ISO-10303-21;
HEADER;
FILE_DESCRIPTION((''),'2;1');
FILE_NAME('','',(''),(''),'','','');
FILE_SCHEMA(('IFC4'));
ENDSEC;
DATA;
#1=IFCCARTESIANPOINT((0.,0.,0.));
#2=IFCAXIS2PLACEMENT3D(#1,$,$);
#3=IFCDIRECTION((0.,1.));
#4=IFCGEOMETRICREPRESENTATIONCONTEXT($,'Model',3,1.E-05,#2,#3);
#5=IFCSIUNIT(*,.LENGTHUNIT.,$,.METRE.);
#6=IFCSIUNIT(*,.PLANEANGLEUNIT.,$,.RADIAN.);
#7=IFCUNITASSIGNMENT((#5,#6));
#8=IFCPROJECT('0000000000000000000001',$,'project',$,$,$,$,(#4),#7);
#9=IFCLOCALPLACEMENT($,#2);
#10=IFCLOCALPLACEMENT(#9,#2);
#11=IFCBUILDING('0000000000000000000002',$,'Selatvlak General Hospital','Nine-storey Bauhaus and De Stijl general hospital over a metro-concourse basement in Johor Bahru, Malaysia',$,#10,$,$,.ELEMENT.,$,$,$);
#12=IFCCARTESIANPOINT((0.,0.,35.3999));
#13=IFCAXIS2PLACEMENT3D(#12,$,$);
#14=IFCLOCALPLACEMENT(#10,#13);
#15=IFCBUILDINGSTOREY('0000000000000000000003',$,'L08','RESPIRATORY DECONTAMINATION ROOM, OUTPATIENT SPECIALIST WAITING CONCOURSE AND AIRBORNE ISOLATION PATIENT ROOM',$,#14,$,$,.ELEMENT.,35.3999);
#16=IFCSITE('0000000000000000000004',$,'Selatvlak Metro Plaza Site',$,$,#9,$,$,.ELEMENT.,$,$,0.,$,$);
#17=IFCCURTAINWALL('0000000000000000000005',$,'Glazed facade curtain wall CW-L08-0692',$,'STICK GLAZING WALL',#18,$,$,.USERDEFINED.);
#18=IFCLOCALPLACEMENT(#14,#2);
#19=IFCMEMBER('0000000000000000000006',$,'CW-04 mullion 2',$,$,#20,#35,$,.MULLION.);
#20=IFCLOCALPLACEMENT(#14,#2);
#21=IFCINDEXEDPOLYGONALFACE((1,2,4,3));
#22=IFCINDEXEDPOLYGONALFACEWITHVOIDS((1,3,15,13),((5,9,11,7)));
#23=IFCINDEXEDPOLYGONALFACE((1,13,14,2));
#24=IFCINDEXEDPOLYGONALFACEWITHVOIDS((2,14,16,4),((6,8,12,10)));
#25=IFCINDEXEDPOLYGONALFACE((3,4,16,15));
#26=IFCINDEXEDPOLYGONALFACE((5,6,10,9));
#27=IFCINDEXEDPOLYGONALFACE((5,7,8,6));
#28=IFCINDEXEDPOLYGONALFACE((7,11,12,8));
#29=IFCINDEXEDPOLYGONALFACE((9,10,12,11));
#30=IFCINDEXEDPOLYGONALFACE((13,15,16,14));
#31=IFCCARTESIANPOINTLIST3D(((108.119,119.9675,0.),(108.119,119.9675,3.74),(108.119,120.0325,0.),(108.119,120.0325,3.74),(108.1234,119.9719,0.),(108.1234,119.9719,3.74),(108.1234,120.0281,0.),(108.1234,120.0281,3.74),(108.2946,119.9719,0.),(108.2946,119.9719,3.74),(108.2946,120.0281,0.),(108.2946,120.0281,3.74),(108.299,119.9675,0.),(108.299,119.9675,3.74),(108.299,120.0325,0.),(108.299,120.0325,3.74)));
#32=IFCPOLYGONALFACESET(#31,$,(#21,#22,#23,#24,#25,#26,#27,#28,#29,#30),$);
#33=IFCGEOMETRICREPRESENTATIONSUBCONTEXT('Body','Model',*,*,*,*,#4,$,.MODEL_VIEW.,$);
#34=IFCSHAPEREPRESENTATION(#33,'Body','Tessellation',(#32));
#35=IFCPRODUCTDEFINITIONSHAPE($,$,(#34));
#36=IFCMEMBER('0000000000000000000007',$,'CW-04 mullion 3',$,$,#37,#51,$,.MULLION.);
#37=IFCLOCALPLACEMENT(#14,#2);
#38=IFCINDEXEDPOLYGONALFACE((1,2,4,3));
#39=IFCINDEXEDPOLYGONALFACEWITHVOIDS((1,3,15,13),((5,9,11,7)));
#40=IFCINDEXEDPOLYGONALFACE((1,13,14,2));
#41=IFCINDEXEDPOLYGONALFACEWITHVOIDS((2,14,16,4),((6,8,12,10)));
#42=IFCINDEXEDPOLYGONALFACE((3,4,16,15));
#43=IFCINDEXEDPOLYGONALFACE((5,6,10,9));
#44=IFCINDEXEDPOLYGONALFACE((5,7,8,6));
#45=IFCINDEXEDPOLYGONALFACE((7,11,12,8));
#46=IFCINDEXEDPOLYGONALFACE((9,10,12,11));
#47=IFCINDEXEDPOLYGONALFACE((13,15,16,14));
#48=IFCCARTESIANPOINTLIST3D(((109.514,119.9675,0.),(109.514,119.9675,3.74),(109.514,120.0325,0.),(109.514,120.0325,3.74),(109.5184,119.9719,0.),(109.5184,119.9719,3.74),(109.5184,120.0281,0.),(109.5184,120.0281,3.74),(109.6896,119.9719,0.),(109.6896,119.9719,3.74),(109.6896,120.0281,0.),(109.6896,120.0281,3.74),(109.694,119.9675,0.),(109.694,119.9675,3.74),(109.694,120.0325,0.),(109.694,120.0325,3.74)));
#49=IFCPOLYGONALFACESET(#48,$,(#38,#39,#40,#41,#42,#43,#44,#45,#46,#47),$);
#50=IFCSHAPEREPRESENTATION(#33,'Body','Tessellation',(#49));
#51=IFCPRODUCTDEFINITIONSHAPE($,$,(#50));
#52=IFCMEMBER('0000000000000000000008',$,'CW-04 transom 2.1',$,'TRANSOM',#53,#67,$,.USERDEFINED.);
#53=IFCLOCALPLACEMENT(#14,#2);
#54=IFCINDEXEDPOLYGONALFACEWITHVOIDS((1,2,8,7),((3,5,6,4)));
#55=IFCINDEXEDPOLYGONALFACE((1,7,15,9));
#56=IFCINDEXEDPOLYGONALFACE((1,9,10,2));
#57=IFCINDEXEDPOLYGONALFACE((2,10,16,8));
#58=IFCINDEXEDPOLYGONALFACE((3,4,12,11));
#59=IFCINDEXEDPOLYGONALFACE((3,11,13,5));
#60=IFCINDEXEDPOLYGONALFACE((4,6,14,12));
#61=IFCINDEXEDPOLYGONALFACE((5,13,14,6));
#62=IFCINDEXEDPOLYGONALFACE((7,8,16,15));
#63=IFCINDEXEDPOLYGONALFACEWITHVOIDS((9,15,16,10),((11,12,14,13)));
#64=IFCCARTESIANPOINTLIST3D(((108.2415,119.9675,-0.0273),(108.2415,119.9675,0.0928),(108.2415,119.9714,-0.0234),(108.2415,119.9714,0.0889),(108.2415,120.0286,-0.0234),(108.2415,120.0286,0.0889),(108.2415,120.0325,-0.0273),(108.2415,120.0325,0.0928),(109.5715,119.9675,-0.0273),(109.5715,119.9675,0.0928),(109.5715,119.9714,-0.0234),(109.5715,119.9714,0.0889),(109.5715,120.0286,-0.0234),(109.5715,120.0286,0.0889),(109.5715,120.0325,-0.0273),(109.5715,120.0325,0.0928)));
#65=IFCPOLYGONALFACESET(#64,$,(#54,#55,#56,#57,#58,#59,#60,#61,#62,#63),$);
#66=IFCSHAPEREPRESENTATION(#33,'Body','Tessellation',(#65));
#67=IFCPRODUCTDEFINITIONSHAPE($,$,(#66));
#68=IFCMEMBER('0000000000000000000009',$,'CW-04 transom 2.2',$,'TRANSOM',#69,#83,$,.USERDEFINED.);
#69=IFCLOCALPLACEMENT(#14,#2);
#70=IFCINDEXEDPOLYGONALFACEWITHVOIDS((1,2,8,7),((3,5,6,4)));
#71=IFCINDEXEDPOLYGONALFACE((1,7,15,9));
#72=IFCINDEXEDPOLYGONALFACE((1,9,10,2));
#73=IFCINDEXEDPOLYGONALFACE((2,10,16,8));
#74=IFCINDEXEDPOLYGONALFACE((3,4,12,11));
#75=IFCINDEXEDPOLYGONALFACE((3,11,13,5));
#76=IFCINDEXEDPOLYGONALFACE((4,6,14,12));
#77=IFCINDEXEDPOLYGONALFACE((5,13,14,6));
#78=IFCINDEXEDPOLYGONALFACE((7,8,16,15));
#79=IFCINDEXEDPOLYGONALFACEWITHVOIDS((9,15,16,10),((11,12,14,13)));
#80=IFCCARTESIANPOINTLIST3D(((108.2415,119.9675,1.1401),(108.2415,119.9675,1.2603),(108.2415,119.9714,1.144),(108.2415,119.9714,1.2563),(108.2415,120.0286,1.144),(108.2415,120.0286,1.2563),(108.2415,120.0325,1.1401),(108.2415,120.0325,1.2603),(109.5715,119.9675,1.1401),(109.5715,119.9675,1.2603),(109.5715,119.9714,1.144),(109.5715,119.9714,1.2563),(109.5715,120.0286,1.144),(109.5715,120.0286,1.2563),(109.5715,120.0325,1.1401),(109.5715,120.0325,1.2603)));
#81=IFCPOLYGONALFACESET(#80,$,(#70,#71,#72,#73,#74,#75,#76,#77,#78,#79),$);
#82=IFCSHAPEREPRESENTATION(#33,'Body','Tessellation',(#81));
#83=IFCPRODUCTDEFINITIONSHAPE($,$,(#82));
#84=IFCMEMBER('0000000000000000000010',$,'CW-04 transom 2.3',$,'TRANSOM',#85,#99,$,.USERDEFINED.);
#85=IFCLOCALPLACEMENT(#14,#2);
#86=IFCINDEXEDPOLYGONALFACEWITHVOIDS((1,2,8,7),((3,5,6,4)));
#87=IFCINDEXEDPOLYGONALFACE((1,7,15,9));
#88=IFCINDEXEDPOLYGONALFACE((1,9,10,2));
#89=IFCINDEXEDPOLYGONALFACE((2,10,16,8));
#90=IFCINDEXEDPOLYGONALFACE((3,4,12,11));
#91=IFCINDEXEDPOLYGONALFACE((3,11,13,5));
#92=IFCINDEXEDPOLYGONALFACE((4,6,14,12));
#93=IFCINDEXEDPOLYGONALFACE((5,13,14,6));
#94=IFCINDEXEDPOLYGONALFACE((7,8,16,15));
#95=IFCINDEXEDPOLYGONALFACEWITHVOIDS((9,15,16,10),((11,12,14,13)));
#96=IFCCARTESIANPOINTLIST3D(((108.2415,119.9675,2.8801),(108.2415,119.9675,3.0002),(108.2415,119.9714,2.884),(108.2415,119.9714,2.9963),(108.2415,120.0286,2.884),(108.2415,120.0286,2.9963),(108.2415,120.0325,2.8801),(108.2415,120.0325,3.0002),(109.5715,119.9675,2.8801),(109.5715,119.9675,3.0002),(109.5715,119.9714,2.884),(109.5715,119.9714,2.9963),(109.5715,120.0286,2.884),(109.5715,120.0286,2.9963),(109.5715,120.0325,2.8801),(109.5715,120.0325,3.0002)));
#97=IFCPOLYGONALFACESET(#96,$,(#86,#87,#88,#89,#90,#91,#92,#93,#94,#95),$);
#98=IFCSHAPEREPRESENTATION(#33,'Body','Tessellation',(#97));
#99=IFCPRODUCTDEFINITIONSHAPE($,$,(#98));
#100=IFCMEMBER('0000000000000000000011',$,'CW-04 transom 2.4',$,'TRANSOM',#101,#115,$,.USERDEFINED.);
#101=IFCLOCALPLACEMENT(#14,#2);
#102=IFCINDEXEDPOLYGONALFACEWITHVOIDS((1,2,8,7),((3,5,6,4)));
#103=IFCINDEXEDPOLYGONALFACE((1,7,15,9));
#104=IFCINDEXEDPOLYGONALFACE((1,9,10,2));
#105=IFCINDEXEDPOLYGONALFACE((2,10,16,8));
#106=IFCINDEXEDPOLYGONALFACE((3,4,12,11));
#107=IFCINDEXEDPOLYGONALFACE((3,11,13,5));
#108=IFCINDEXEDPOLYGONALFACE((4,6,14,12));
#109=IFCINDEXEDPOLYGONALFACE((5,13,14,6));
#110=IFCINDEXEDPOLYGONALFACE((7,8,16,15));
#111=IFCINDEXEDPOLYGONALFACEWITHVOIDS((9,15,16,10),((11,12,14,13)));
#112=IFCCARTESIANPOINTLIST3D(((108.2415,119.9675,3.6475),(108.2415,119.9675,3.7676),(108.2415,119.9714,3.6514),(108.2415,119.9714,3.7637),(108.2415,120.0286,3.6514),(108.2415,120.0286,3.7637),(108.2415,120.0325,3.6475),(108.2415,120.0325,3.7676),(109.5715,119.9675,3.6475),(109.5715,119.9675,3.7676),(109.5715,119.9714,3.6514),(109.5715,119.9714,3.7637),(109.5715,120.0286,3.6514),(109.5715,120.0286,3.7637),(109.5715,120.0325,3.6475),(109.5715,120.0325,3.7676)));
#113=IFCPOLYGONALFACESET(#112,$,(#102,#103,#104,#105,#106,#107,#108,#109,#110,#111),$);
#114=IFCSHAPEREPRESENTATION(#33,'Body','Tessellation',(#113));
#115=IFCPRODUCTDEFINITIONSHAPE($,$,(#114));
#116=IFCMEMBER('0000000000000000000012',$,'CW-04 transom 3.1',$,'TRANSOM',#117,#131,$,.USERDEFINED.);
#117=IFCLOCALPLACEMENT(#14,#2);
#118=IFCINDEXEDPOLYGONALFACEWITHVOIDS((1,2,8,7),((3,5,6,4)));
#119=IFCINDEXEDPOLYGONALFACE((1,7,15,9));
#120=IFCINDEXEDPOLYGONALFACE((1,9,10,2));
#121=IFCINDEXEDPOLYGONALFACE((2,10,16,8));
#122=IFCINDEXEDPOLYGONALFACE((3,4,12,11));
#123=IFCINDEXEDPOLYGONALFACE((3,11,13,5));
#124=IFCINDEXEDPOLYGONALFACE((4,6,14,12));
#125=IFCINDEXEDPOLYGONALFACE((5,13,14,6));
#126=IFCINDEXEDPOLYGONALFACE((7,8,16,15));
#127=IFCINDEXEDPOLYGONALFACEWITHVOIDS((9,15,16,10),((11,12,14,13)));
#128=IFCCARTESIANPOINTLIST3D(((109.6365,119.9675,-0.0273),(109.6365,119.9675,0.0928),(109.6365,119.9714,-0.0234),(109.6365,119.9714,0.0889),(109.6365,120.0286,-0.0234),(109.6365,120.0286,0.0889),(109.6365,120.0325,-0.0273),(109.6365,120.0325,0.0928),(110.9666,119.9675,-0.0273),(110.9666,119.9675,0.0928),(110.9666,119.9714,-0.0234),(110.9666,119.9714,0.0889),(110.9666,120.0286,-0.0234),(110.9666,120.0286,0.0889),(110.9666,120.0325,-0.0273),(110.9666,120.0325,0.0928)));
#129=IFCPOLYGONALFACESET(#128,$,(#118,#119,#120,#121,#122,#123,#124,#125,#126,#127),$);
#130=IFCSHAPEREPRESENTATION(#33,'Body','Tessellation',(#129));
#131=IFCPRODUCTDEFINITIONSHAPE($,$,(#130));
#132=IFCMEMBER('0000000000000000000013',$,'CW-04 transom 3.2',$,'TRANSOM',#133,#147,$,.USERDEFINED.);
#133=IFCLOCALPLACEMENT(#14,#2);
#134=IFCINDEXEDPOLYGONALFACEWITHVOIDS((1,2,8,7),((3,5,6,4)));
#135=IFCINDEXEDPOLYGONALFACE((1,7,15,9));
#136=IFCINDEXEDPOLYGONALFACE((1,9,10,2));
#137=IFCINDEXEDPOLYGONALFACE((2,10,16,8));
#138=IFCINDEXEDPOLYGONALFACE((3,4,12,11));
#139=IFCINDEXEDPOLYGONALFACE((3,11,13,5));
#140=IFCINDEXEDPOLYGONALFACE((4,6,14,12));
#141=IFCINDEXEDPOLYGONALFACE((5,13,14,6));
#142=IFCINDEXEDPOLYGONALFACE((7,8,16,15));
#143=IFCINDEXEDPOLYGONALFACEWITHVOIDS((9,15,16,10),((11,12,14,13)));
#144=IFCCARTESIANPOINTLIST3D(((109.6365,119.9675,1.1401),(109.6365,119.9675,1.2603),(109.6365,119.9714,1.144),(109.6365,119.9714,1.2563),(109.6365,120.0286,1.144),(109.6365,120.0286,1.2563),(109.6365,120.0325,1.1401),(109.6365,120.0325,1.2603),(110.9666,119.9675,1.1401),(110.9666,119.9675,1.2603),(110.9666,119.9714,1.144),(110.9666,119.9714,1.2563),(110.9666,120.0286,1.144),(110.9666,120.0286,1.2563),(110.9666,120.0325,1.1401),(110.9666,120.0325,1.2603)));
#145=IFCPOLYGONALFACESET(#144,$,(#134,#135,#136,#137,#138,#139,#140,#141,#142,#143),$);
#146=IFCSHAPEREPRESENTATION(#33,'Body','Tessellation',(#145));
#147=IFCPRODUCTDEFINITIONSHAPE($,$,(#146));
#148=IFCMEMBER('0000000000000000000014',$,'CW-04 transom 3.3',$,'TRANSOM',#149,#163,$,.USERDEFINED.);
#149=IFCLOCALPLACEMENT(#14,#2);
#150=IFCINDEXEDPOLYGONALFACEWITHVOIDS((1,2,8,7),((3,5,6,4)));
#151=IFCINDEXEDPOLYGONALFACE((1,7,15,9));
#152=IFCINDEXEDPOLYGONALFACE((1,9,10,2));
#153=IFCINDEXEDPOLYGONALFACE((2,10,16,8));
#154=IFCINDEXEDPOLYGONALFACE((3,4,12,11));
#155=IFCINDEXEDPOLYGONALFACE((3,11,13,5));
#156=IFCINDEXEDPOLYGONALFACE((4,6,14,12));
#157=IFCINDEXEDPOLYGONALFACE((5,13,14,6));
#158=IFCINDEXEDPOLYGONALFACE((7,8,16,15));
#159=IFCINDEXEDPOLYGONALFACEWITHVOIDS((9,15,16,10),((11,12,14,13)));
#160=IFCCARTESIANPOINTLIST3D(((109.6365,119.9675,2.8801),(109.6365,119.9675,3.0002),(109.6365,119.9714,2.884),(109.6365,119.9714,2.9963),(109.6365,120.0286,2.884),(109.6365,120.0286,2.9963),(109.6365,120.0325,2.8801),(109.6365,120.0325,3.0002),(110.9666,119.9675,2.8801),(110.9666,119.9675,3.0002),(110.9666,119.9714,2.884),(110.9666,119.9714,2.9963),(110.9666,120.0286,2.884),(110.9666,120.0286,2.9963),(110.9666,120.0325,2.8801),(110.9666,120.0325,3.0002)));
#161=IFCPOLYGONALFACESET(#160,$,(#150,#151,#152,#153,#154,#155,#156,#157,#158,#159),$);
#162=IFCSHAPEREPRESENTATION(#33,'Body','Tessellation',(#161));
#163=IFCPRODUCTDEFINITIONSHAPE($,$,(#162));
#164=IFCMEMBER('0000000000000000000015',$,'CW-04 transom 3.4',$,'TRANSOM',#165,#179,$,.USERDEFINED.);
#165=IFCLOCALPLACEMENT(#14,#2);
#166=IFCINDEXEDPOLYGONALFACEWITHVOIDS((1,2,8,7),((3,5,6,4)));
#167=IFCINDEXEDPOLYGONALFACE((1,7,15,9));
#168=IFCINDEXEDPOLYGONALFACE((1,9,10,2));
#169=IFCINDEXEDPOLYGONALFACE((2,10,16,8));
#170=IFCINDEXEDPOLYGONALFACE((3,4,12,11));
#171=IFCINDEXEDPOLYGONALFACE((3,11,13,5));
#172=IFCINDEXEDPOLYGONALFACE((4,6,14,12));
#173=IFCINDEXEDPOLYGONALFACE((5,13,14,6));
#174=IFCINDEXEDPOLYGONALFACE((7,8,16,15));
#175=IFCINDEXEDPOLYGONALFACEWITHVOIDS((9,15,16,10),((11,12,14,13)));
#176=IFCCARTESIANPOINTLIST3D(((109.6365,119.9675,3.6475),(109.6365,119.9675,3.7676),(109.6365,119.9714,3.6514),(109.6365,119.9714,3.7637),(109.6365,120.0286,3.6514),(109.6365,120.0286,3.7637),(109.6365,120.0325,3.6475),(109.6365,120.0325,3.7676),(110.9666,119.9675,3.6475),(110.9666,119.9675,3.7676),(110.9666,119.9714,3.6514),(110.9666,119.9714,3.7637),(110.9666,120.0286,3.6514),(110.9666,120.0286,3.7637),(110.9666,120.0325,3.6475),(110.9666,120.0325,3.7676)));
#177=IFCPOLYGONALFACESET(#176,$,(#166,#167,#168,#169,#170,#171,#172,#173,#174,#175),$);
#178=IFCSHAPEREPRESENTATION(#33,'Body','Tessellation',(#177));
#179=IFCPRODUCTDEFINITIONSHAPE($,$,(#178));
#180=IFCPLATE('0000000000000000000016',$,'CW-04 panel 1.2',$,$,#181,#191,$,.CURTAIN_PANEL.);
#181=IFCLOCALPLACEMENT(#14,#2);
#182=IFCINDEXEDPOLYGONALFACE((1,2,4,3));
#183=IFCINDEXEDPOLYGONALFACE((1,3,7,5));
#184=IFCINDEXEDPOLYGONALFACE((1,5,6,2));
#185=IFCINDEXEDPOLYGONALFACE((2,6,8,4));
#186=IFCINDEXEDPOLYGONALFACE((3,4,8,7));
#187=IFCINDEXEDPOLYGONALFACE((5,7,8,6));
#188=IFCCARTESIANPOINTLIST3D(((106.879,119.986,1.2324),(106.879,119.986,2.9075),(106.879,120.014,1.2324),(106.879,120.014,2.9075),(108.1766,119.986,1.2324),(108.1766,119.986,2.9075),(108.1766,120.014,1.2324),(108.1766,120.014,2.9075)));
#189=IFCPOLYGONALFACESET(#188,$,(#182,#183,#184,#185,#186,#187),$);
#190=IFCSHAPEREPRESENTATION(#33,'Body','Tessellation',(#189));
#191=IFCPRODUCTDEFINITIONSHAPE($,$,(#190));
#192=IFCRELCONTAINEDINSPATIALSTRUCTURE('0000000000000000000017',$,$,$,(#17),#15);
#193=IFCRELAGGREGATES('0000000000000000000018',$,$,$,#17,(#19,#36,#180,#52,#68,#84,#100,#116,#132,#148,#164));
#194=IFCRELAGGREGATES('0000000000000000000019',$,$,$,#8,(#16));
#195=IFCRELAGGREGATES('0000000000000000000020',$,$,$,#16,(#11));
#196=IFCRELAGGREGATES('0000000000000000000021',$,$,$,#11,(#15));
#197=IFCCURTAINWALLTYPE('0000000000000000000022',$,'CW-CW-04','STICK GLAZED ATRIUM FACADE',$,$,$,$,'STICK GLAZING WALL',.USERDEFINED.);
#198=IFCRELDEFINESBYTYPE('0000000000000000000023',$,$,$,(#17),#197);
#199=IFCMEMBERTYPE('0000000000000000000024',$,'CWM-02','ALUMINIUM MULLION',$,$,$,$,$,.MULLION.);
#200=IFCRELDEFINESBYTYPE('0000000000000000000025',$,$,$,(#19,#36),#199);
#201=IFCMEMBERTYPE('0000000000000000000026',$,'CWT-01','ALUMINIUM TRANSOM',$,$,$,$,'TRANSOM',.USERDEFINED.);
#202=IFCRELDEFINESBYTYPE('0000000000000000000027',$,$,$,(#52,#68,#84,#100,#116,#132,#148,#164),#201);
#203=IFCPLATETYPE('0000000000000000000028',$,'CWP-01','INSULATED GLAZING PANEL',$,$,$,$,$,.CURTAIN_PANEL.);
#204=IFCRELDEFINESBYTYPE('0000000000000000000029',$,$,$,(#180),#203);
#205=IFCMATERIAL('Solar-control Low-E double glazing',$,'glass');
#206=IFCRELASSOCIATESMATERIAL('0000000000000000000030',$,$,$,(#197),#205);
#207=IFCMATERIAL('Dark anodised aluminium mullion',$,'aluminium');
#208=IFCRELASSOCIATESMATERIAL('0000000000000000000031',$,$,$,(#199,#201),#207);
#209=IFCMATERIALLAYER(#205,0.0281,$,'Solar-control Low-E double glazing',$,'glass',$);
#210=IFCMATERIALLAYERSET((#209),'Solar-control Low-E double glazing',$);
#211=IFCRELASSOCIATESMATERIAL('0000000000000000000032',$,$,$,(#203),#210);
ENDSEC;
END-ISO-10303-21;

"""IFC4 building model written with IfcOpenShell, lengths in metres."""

from ifc_helpers import new_model, si_unit, direction, frame, origin, origin_2d, place, context, subcontext, project, spatial, rectangle, hollow_rectangle, extrude, material, layer, layer_set, material_profile, profile_set, type_object, element, aggregate, save


model = new_model("IFC4")

# Units and contexts
model_context = context("Model", 3, precision=1e-05, world=origin(), true_north=direction((0.0, 1.0)))
body_context = subcontext(model_context, "Body", "Model", "MODEL_VIEW")
ifc_project = project(units=[si_unit("LENGTHUNIT", "METRE"), si_unit("PLANEANGLEUNIT", "RADIAN")], contexts=[model_context])

# Site, building, storey
site_placement = place(None, origin())
site = spatial("IfcSite", under=ifc_project, at=site_placement, Name="Selatvlak Metro Plaza Site", CompositionType="ELEMENT", RefElevation=0.0)
building_placement = place(site_placement, origin())
building = spatial("IfcBuilding", under=site, at=building_placement, Name="Selatvlak General Hospital", Description="Nine-storey Bauhaus and De Stijl general hospital over a metro-concourse basement in Johor Bahru, Malaysia", CompositionType="ELEMENT")
storey_placement = place(building_placement, frame((0.0, 0.0, 35.3999)))
storey = spatial("IfcBuildingStorey", under=building, at=storey_placement, Name="L08", Description="RESPIRATORY DECONTAMINATION ROOM, OUTPATIENT SPECIALIST WAITING CONCOURSE AND AIRBORNE ISOLATION PATIENT ROOM", CompositionType="ELEMENT", Elevation=35.3999)

# Curtain wall, members, plate
ifc_material_1 = material(Name="Solar-control Low-E double glazing", Category="glass")
curtain_wall_type = type_object("IfcCurtainWallType", Name="CW-CW-04", Description="STICK GLAZED ATRIUM FACADE", ElementType="STICK GLAZING WALL", PredefinedType="USERDEFINED", material=ifc_material_1)
curtain_wall_placement = place(storey_placement, origin())
curtain_wall = element("IfcCurtainWall", 1, at=curtain_wall_placement, inside=storey, type_object=curtain_wall_type, Name="Glazed facade curtain wall CW-L08-0692", ObjectType="STICK GLAZING WALL", PredefinedType="USERDEFINED")
ifc_material_2 = material(Name="Dark anodised aluminium mullion", Category="aluminium")
ifc_material_profile_1 = material_profile(ifc_material_2, hollow_rectangle(XDim=0.0649, YDim=0.1799, WallThickness=0.0044, at=origin_2d()), Name="AL-MUL 65x180x4.5")
ifc_profile_set_1 = profile_set([ifc_material_profile_1], Name="Dark anodised aluminium mullion")
member_type_1 = type_object("IfcMemberType", Name="CWM-02", Description="ALUMINIUM MULLION", PredefinedType="MULLION", material=ifc_profile_set_1)
member_1_placement = place(storey_placement, frame((108.209, 120.0, 0.0), z_axis=(0.0, 0.0, 1.0), x_axis=(0.0, 1.0, 0.0)))
member_1 = element("IfcMember", 2, at=member_1_placement, type_object=member_type_1, Name="CW-04 mullion 2", PredefinedType="MULLION", context=body_context, shape_type="SweptSolid", body=[
    extrude(hollow_rectangle(XDim=0.0649, YDim=0.1799, WallThickness=0.0044, at=origin_2d()), origin(), (0.0, 0.0, 1.0), 3.74),
])
member_2_placement = place(storey_placement, frame((109.604, 120.0, 0.0), z_axis=(0.0, 0.0, 1.0), x_axis=(0.0, 1.0, 0.0)))
member_2 = element("IfcMember", 3, at=member_2_placement, type_object=member_type_1, Name="CW-04 mullion 3", PredefinedType="MULLION", context=body_context, shape_type="SweptSolid", body=[
    extrude(hollow_rectangle(XDim=0.0649, YDim=0.1799, WallThickness=0.0044, at=origin_2d()), origin(), (0.0, 0.0, 1.0), 3.74),
])
ifc_material_profile_2 = material_profile(ifc_material_2, hollow_rectangle(XDim=0.0649, YDim=0.1201, WallThickness=0.0039, at=origin_2d()), Name="AL-TRN 65x120x4")
ifc_profile_set_2 = profile_set([ifc_material_profile_2], Name="Dark anodised aluminium mullion")
member_type_2 = type_object("IfcMemberType", Name="CWT-01", Description="ALUMINIUM TRANSOM", ElementType="TRANSOM", PredefinedType="USERDEFINED", material=ifc_profile_set_2)
member_3_placement = place(storey_placement, frame((108.2415, 120.0, 0.0327), z_axis=(1.0, 0.0, 0.0), x_axis=(0.0, 1.0, 0.0)))
member_3 = element("IfcMember", 4, at=member_3_placement, type_object=member_type_2, Name="CW-04 transom 2.1", ObjectType="TRANSOM", PredefinedType="USERDEFINED", context=body_context, shape_type="SweptSolid", body=[
    extrude(hollow_rectangle(XDim=0.0649, YDim=0.1201, WallThickness=0.0039, at=origin_2d()), origin(), (0.0, 0.0, 1.0), 1.3301),
])
member_4_placement = place(storey_placement, frame((108.2415, 120.0, 1.2002), z_axis=(1.0, 0.0, 0.0), x_axis=(0.0, 1.0, 0.0)))
member_4 = element("IfcMember", 5, at=member_4_placement, type_object=member_type_2, Name="CW-04 transom 2.2", ObjectType="TRANSOM", PredefinedType="USERDEFINED", context=body_context, shape_type="SweptSolid", body=[
    extrude(hollow_rectangle(XDim=0.0649, YDim=0.1201, WallThickness=0.0039, at=origin_2d()), origin(), (0.0, 0.0, 1.0), 1.3301),
])
member_5_placement = place(storey_placement, frame((108.2415, 120.0, 2.9402), z_axis=(1.0, 0.0, 0.0), x_axis=(0.0, 1.0, 0.0)))
member_5 = element("IfcMember", 6, at=member_5_placement, type_object=member_type_2, Name="CW-04 transom 2.3", ObjectType="TRANSOM", PredefinedType="USERDEFINED", context=body_context, shape_type="SweptSolid", body=[
    extrude(hollow_rectangle(XDim=0.0649, YDim=0.1201, WallThickness=0.0039, at=origin_2d()), origin(), (0.0, 0.0, 1.0), 1.3301),
])
member_6_placement = place(storey_placement, frame((108.2415, 120.0, 3.7075), z_axis=(1.0, 0.0, 0.0), x_axis=(0.0, 1.0, 0.0)))
member_6 = element("IfcMember", 7, at=member_6_placement, type_object=member_type_2, Name="CW-04 transom 2.4", ObjectType="TRANSOM", PredefinedType="USERDEFINED", context=body_context, shape_type="SweptSolid", body=[
    extrude(hollow_rectangle(XDim=0.0649, YDim=0.1201, WallThickness=0.0039, at=origin_2d()), origin(), (0.0, 0.0, 1.0), 1.3301),
])
member_7_placement = place(storey_placement, frame((109.6365, 120.0, 0.0327), z_axis=(1.0, 0.0, 0.0), x_axis=(0.0, 1.0, 0.0)))
member_7 = element("IfcMember", 8, at=member_7_placement, type_object=member_type_2, Name="CW-04 transom 3.1", ObjectType="TRANSOM", PredefinedType="USERDEFINED", context=body_context, shape_type="SweptSolid", body=[
    extrude(hollow_rectangle(XDim=0.0649, YDim=0.1201, WallThickness=0.0039, at=origin_2d()), origin(), (0.0, 0.0, 1.0), 1.3301),
])
member_8_placement = place(storey_placement, frame((109.6365, 120.0, 1.2002), z_axis=(1.0, 0.0, 0.0), x_axis=(0.0, 1.0, 0.0)))
member_8 = element("IfcMember", 9, at=member_8_placement, type_object=member_type_2, Name="CW-04 transom 3.2", ObjectType="TRANSOM", PredefinedType="USERDEFINED", context=body_context, shape_type="SweptSolid", body=[
    extrude(hollow_rectangle(XDim=0.0649, YDim=0.1201, WallThickness=0.0039, at=origin_2d()), origin(), (0.0, 0.0, 1.0), 1.3301),
])
member_9_placement = place(storey_placement, frame((109.6365, 120.0, 2.9402), z_axis=(1.0, 0.0, 0.0), x_axis=(0.0, 1.0, 0.0)))
member_9 = element("IfcMember", 10, at=member_9_placement, type_object=member_type_2, Name="CW-04 transom 3.3", ObjectType="TRANSOM", PredefinedType="USERDEFINED", context=body_context, shape_type="SweptSolid", body=[
    extrude(hollow_rectangle(XDim=0.0649, YDim=0.1201, WallThickness=0.0039, at=origin_2d()), origin(), (0.0, 0.0, 1.0), 1.3301),
])
member_10_placement = place(storey_placement, frame((109.6365, 120.0, 3.7075), z_axis=(1.0, 0.0, 0.0), x_axis=(0.0, 1.0, 0.0)))
member_10 = element("IfcMember", 11, at=member_10_placement, type_object=member_type_2, Name="CW-04 transom 3.4", ObjectType="TRANSOM", PredefinedType="USERDEFINED", context=body_context, shape_type="SweptSolid", body=[
    extrude(hollow_rectangle(XDim=0.0649, YDim=0.1201, WallThickness=0.0039, at=origin_2d()), origin(), (0.0, 0.0, 1.0), 1.3301),
])
ifc_layer_1 = layer(ifc_material_1, 0.0281, Name="Solar-control Low-E double glazing", Category="glass")
ifc_layer_set_1 = layer_set([ifc_layer_1], Name="Solar-control Low-E double glazing")
plate_type = type_object("IfcPlateType", Name="CWP-01", Description="INSULATED GLAZING PANEL", PredefinedType="CURTAIN_PANEL", material=ifc_layer_set_1)
plate_1_placement = place(storey_placement, frame((107.5278, 120.0, 1.2324), z_axis=(0.0, 0.0, 1.0), x_axis=(1.0, 0.0, 0.0)))
plate_1 = element("IfcPlate", 12, at=plate_1_placement, type_object=plate_type, Name="CW-04 panel 1.2", PredefinedType="CURTAIN_PANEL", context=body_context, shape_type="SweptSolid", body=[
    extrude(rectangle(XDim=1.2976, YDim=0.0281, at=origin_2d()), origin(), (0.0, 0.0, 1.0), 1.675),
])
aggregate(curtain_wall, [member_1, member_2, plate_1, member_3, member_4, member_5, member_6, member_7, member_8, member_9, member_10])

save(model, "model.ifc")
